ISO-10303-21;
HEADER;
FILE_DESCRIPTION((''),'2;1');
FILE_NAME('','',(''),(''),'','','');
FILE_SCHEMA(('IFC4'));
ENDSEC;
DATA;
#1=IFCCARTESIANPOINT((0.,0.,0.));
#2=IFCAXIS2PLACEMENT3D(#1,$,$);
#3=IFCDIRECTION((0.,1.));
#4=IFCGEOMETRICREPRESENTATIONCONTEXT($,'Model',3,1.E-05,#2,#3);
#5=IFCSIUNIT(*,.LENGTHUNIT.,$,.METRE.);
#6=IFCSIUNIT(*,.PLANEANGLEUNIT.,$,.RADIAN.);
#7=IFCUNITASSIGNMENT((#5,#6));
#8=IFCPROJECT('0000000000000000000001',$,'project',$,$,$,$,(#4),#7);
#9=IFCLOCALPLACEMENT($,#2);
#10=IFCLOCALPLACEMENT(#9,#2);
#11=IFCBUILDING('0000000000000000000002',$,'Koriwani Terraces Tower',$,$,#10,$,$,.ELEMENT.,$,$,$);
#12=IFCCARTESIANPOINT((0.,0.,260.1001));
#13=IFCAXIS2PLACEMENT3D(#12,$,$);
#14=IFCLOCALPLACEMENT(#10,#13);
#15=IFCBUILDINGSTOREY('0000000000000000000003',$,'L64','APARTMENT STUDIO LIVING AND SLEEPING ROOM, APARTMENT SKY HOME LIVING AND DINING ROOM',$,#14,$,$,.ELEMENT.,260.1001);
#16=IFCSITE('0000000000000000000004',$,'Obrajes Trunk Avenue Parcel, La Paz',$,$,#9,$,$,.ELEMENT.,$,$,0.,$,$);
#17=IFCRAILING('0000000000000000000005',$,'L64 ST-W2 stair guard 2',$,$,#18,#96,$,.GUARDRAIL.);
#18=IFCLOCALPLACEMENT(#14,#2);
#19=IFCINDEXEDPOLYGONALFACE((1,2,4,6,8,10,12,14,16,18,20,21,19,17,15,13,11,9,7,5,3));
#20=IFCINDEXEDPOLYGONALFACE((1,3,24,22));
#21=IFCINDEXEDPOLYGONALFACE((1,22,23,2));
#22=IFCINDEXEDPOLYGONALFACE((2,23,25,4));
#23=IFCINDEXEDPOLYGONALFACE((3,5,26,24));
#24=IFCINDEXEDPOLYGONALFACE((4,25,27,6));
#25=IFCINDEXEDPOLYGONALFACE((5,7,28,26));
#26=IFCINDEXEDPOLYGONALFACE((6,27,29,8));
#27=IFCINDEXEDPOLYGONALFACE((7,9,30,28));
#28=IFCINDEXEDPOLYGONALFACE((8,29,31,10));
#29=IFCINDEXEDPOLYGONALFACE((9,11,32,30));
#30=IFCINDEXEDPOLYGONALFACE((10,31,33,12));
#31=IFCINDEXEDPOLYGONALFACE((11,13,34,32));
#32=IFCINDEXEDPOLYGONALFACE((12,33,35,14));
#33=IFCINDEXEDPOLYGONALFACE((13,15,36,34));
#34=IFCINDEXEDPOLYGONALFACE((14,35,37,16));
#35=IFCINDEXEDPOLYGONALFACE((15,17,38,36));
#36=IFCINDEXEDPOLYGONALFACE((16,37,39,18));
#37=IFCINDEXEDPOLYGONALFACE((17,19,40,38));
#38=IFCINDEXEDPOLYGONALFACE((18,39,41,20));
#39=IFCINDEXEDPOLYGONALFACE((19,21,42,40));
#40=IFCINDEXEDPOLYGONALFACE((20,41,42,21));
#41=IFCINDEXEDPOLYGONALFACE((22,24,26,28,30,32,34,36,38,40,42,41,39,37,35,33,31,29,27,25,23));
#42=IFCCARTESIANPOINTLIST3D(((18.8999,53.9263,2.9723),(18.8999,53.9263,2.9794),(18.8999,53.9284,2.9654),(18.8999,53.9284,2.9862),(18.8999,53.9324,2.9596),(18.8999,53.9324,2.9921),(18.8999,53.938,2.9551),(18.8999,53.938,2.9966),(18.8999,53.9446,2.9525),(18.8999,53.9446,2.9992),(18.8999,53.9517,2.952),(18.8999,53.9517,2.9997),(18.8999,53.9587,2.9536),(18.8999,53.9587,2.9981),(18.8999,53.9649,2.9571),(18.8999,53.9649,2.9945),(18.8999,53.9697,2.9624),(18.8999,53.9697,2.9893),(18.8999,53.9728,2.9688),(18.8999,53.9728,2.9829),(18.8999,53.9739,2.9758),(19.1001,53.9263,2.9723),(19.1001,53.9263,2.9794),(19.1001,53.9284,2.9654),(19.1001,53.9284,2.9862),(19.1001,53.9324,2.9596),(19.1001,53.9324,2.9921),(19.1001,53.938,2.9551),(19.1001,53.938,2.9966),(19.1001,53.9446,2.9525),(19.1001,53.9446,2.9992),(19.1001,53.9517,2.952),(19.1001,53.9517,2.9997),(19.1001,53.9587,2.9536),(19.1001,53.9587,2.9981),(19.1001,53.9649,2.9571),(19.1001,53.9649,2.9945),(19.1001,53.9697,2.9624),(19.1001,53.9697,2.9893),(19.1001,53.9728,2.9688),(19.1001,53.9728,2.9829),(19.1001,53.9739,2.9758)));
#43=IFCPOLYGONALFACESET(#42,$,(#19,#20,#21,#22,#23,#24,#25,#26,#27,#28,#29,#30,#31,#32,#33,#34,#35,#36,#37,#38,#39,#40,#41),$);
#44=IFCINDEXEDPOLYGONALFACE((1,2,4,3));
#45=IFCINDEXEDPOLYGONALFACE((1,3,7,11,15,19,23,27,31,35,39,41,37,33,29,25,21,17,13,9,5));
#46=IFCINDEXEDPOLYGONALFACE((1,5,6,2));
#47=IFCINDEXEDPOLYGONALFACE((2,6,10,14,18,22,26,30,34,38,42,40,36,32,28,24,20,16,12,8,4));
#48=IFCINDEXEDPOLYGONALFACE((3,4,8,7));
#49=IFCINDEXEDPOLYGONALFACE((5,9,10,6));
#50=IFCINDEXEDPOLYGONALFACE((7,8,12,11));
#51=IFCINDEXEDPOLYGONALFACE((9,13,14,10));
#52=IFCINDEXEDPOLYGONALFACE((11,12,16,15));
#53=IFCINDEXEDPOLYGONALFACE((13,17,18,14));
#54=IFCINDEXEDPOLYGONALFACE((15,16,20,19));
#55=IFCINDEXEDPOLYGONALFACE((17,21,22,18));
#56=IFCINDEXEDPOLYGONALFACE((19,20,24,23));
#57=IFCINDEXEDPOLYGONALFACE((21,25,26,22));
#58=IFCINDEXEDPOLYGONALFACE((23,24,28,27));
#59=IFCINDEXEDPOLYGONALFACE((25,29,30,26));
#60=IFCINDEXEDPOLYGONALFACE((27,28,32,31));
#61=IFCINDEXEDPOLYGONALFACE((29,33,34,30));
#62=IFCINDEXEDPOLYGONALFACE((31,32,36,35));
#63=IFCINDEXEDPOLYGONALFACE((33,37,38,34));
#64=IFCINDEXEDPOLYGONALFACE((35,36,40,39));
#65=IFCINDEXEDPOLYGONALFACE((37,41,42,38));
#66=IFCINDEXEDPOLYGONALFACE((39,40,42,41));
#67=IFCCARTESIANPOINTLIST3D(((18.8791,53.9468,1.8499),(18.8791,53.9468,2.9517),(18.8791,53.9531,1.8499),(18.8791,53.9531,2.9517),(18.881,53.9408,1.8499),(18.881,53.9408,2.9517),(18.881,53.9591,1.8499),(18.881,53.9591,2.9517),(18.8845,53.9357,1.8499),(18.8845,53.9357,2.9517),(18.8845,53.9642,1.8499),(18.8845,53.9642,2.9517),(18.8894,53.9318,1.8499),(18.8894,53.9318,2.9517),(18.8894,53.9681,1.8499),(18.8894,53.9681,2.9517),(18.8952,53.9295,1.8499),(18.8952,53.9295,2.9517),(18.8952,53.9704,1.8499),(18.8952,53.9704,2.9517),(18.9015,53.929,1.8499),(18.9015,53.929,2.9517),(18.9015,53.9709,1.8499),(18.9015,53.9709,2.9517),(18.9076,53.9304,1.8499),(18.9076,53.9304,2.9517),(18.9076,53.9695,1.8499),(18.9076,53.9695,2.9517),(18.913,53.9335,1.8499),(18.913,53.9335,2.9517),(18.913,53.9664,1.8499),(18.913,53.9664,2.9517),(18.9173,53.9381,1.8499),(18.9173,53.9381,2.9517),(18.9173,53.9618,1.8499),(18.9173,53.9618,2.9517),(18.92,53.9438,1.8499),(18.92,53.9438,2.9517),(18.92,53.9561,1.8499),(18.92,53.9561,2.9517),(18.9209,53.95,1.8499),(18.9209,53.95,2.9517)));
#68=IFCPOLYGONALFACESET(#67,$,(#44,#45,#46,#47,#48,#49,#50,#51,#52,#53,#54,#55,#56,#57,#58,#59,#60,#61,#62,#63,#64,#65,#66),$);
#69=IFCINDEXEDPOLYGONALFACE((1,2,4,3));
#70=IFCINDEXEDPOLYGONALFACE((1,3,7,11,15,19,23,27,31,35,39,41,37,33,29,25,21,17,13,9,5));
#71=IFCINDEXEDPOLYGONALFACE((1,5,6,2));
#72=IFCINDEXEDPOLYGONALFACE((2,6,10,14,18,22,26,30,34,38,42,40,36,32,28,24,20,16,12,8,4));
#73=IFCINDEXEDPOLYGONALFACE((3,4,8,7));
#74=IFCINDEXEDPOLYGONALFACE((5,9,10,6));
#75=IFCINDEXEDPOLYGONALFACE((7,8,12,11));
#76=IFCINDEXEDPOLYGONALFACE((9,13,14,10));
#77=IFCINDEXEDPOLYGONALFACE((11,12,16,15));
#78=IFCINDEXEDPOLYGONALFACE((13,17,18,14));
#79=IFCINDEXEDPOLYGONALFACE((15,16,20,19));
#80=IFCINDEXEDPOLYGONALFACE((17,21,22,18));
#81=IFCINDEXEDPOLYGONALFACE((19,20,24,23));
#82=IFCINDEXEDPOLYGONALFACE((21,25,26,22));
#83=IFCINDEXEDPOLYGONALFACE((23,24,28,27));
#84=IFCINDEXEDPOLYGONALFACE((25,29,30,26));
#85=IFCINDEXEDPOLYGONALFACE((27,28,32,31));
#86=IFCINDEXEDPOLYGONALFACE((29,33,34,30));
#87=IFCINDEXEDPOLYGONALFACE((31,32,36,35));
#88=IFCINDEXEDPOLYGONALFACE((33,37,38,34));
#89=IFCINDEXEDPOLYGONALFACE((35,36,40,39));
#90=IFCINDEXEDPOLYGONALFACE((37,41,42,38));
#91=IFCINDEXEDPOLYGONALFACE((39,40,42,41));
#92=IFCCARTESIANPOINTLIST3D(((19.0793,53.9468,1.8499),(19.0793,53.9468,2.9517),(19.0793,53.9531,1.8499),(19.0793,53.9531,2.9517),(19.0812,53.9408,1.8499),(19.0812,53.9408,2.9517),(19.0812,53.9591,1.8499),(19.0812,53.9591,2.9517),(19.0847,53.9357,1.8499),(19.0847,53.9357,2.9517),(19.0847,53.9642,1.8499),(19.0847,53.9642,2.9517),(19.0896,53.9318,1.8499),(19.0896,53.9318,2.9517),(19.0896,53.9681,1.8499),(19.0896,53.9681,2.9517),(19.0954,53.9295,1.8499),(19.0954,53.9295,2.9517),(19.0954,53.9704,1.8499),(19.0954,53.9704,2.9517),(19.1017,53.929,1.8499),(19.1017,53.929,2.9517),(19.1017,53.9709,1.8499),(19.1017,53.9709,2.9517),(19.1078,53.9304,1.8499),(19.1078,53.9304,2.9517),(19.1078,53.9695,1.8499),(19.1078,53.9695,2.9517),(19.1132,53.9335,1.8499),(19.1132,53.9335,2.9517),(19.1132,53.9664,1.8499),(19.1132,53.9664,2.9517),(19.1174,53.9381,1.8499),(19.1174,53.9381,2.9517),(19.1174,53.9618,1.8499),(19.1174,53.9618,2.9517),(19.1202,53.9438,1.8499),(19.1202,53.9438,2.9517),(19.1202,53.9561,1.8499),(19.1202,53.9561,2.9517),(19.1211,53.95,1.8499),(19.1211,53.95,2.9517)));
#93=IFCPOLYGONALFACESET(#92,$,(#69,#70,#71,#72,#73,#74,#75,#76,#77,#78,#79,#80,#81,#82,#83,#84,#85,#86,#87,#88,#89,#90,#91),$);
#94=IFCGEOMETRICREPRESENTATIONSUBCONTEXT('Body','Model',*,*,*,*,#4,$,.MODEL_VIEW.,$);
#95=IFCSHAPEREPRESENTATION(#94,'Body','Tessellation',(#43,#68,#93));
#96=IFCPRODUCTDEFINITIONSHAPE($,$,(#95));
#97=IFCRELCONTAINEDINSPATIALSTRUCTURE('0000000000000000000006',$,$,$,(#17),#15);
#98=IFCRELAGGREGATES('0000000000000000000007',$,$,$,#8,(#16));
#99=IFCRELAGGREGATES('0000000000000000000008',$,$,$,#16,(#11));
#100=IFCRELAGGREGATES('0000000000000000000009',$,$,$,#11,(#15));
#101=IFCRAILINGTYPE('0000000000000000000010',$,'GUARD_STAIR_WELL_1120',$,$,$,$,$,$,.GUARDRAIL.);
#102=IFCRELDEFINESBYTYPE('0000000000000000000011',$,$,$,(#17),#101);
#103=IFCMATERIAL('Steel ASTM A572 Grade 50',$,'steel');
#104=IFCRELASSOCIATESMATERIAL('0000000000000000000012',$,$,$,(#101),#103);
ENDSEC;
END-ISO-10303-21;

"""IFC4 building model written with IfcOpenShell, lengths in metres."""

from ifc_helpers import new_model, si_unit, direction, frame, origin, origin_2d, place, context, subcontext, project, spatial, circle, extrude, material, type_object, element, save


model = new_model("IFC4")

# Units and contexts
model_context = context("Model", 3, precision=1e-05, world=origin(), true_north=direction((0.0, 1.0)))
body_context = subcontext(model_context, "Body", "Model", "MODEL_VIEW")
ifc_project = project(units=[si_unit("LENGTHUNIT", "METRE"), si_unit("PLANEANGLEUNIT", "RADIAN")], contexts=[model_context])

# Site, building, storey
site_placement = place(None, origin())
site = spatial("IfcSite", under=ifc_project, at=site_placement, Name="Obrajes Trunk Avenue Parcel, La Paz", CompositionType="ELEMENT", RefElevation=0.0)
building_placement = place(site_placement, origin())
building = spatial("IfcBuilding", under=site, at=building_placement, Name="Koriwani Terraces Tower", CompositionType="ELEMENT")
storey_placement = place(building_placement, frame((0.0, 0.0, 260.1001)))
storey = spatial("IfcBuildingStorey", under=building, at=storey_placement, Name="L64", Description="APARTMENT STUDIO LIVING AND SLEEPING ROOM, APARTMENT SKY HOME LIVING AND DINING ROOM", CompositionType="ELEMENT", Elevation=260.1001)

# Railing
ifc_material_1 = material(Name="Steel ASTM A572 Grade 50", Category="steel")
railing_type_1 = type_object("IfcRailingType", Name="GUARD_STAIR_WELL_1120", PredefinedType="GUARDRAIL", material=ifc_material_1)
railing_1_placement = place(storey_placement, frame((18.8999, 53.95, 1.8499)))
element("IfcRailing", 1, at=railing_1_placement, inside=storey, type_object=railing_type_1, Name="L64 ST-W2 stair guard 2", PredefinedType="GUARDRAIL", context=body_context, shape_type="SweptSolid", body=[
    extrude(circle(Radius=0.0239, at=origin_2d()), frame((0.0, 0.0, 1.126), z_axis=(1.0, 0.0, 0.0), x_axis=(0.0, 1.0, 0.0)), (0.0, 0.0, 1.0), 0.2002),
    extrude(circle(Radius=0.021, at=origin_2d()), origin(), (0.0, 0.0, 1.0), 1.1018),
    extrude(circle(Radius=0.021, at=origin_2d()), frame((0.2002, 0.0, 0.0)), (0.0, 0.0, 1.0), 1.1018),
])

save(model, "model.ifc")
